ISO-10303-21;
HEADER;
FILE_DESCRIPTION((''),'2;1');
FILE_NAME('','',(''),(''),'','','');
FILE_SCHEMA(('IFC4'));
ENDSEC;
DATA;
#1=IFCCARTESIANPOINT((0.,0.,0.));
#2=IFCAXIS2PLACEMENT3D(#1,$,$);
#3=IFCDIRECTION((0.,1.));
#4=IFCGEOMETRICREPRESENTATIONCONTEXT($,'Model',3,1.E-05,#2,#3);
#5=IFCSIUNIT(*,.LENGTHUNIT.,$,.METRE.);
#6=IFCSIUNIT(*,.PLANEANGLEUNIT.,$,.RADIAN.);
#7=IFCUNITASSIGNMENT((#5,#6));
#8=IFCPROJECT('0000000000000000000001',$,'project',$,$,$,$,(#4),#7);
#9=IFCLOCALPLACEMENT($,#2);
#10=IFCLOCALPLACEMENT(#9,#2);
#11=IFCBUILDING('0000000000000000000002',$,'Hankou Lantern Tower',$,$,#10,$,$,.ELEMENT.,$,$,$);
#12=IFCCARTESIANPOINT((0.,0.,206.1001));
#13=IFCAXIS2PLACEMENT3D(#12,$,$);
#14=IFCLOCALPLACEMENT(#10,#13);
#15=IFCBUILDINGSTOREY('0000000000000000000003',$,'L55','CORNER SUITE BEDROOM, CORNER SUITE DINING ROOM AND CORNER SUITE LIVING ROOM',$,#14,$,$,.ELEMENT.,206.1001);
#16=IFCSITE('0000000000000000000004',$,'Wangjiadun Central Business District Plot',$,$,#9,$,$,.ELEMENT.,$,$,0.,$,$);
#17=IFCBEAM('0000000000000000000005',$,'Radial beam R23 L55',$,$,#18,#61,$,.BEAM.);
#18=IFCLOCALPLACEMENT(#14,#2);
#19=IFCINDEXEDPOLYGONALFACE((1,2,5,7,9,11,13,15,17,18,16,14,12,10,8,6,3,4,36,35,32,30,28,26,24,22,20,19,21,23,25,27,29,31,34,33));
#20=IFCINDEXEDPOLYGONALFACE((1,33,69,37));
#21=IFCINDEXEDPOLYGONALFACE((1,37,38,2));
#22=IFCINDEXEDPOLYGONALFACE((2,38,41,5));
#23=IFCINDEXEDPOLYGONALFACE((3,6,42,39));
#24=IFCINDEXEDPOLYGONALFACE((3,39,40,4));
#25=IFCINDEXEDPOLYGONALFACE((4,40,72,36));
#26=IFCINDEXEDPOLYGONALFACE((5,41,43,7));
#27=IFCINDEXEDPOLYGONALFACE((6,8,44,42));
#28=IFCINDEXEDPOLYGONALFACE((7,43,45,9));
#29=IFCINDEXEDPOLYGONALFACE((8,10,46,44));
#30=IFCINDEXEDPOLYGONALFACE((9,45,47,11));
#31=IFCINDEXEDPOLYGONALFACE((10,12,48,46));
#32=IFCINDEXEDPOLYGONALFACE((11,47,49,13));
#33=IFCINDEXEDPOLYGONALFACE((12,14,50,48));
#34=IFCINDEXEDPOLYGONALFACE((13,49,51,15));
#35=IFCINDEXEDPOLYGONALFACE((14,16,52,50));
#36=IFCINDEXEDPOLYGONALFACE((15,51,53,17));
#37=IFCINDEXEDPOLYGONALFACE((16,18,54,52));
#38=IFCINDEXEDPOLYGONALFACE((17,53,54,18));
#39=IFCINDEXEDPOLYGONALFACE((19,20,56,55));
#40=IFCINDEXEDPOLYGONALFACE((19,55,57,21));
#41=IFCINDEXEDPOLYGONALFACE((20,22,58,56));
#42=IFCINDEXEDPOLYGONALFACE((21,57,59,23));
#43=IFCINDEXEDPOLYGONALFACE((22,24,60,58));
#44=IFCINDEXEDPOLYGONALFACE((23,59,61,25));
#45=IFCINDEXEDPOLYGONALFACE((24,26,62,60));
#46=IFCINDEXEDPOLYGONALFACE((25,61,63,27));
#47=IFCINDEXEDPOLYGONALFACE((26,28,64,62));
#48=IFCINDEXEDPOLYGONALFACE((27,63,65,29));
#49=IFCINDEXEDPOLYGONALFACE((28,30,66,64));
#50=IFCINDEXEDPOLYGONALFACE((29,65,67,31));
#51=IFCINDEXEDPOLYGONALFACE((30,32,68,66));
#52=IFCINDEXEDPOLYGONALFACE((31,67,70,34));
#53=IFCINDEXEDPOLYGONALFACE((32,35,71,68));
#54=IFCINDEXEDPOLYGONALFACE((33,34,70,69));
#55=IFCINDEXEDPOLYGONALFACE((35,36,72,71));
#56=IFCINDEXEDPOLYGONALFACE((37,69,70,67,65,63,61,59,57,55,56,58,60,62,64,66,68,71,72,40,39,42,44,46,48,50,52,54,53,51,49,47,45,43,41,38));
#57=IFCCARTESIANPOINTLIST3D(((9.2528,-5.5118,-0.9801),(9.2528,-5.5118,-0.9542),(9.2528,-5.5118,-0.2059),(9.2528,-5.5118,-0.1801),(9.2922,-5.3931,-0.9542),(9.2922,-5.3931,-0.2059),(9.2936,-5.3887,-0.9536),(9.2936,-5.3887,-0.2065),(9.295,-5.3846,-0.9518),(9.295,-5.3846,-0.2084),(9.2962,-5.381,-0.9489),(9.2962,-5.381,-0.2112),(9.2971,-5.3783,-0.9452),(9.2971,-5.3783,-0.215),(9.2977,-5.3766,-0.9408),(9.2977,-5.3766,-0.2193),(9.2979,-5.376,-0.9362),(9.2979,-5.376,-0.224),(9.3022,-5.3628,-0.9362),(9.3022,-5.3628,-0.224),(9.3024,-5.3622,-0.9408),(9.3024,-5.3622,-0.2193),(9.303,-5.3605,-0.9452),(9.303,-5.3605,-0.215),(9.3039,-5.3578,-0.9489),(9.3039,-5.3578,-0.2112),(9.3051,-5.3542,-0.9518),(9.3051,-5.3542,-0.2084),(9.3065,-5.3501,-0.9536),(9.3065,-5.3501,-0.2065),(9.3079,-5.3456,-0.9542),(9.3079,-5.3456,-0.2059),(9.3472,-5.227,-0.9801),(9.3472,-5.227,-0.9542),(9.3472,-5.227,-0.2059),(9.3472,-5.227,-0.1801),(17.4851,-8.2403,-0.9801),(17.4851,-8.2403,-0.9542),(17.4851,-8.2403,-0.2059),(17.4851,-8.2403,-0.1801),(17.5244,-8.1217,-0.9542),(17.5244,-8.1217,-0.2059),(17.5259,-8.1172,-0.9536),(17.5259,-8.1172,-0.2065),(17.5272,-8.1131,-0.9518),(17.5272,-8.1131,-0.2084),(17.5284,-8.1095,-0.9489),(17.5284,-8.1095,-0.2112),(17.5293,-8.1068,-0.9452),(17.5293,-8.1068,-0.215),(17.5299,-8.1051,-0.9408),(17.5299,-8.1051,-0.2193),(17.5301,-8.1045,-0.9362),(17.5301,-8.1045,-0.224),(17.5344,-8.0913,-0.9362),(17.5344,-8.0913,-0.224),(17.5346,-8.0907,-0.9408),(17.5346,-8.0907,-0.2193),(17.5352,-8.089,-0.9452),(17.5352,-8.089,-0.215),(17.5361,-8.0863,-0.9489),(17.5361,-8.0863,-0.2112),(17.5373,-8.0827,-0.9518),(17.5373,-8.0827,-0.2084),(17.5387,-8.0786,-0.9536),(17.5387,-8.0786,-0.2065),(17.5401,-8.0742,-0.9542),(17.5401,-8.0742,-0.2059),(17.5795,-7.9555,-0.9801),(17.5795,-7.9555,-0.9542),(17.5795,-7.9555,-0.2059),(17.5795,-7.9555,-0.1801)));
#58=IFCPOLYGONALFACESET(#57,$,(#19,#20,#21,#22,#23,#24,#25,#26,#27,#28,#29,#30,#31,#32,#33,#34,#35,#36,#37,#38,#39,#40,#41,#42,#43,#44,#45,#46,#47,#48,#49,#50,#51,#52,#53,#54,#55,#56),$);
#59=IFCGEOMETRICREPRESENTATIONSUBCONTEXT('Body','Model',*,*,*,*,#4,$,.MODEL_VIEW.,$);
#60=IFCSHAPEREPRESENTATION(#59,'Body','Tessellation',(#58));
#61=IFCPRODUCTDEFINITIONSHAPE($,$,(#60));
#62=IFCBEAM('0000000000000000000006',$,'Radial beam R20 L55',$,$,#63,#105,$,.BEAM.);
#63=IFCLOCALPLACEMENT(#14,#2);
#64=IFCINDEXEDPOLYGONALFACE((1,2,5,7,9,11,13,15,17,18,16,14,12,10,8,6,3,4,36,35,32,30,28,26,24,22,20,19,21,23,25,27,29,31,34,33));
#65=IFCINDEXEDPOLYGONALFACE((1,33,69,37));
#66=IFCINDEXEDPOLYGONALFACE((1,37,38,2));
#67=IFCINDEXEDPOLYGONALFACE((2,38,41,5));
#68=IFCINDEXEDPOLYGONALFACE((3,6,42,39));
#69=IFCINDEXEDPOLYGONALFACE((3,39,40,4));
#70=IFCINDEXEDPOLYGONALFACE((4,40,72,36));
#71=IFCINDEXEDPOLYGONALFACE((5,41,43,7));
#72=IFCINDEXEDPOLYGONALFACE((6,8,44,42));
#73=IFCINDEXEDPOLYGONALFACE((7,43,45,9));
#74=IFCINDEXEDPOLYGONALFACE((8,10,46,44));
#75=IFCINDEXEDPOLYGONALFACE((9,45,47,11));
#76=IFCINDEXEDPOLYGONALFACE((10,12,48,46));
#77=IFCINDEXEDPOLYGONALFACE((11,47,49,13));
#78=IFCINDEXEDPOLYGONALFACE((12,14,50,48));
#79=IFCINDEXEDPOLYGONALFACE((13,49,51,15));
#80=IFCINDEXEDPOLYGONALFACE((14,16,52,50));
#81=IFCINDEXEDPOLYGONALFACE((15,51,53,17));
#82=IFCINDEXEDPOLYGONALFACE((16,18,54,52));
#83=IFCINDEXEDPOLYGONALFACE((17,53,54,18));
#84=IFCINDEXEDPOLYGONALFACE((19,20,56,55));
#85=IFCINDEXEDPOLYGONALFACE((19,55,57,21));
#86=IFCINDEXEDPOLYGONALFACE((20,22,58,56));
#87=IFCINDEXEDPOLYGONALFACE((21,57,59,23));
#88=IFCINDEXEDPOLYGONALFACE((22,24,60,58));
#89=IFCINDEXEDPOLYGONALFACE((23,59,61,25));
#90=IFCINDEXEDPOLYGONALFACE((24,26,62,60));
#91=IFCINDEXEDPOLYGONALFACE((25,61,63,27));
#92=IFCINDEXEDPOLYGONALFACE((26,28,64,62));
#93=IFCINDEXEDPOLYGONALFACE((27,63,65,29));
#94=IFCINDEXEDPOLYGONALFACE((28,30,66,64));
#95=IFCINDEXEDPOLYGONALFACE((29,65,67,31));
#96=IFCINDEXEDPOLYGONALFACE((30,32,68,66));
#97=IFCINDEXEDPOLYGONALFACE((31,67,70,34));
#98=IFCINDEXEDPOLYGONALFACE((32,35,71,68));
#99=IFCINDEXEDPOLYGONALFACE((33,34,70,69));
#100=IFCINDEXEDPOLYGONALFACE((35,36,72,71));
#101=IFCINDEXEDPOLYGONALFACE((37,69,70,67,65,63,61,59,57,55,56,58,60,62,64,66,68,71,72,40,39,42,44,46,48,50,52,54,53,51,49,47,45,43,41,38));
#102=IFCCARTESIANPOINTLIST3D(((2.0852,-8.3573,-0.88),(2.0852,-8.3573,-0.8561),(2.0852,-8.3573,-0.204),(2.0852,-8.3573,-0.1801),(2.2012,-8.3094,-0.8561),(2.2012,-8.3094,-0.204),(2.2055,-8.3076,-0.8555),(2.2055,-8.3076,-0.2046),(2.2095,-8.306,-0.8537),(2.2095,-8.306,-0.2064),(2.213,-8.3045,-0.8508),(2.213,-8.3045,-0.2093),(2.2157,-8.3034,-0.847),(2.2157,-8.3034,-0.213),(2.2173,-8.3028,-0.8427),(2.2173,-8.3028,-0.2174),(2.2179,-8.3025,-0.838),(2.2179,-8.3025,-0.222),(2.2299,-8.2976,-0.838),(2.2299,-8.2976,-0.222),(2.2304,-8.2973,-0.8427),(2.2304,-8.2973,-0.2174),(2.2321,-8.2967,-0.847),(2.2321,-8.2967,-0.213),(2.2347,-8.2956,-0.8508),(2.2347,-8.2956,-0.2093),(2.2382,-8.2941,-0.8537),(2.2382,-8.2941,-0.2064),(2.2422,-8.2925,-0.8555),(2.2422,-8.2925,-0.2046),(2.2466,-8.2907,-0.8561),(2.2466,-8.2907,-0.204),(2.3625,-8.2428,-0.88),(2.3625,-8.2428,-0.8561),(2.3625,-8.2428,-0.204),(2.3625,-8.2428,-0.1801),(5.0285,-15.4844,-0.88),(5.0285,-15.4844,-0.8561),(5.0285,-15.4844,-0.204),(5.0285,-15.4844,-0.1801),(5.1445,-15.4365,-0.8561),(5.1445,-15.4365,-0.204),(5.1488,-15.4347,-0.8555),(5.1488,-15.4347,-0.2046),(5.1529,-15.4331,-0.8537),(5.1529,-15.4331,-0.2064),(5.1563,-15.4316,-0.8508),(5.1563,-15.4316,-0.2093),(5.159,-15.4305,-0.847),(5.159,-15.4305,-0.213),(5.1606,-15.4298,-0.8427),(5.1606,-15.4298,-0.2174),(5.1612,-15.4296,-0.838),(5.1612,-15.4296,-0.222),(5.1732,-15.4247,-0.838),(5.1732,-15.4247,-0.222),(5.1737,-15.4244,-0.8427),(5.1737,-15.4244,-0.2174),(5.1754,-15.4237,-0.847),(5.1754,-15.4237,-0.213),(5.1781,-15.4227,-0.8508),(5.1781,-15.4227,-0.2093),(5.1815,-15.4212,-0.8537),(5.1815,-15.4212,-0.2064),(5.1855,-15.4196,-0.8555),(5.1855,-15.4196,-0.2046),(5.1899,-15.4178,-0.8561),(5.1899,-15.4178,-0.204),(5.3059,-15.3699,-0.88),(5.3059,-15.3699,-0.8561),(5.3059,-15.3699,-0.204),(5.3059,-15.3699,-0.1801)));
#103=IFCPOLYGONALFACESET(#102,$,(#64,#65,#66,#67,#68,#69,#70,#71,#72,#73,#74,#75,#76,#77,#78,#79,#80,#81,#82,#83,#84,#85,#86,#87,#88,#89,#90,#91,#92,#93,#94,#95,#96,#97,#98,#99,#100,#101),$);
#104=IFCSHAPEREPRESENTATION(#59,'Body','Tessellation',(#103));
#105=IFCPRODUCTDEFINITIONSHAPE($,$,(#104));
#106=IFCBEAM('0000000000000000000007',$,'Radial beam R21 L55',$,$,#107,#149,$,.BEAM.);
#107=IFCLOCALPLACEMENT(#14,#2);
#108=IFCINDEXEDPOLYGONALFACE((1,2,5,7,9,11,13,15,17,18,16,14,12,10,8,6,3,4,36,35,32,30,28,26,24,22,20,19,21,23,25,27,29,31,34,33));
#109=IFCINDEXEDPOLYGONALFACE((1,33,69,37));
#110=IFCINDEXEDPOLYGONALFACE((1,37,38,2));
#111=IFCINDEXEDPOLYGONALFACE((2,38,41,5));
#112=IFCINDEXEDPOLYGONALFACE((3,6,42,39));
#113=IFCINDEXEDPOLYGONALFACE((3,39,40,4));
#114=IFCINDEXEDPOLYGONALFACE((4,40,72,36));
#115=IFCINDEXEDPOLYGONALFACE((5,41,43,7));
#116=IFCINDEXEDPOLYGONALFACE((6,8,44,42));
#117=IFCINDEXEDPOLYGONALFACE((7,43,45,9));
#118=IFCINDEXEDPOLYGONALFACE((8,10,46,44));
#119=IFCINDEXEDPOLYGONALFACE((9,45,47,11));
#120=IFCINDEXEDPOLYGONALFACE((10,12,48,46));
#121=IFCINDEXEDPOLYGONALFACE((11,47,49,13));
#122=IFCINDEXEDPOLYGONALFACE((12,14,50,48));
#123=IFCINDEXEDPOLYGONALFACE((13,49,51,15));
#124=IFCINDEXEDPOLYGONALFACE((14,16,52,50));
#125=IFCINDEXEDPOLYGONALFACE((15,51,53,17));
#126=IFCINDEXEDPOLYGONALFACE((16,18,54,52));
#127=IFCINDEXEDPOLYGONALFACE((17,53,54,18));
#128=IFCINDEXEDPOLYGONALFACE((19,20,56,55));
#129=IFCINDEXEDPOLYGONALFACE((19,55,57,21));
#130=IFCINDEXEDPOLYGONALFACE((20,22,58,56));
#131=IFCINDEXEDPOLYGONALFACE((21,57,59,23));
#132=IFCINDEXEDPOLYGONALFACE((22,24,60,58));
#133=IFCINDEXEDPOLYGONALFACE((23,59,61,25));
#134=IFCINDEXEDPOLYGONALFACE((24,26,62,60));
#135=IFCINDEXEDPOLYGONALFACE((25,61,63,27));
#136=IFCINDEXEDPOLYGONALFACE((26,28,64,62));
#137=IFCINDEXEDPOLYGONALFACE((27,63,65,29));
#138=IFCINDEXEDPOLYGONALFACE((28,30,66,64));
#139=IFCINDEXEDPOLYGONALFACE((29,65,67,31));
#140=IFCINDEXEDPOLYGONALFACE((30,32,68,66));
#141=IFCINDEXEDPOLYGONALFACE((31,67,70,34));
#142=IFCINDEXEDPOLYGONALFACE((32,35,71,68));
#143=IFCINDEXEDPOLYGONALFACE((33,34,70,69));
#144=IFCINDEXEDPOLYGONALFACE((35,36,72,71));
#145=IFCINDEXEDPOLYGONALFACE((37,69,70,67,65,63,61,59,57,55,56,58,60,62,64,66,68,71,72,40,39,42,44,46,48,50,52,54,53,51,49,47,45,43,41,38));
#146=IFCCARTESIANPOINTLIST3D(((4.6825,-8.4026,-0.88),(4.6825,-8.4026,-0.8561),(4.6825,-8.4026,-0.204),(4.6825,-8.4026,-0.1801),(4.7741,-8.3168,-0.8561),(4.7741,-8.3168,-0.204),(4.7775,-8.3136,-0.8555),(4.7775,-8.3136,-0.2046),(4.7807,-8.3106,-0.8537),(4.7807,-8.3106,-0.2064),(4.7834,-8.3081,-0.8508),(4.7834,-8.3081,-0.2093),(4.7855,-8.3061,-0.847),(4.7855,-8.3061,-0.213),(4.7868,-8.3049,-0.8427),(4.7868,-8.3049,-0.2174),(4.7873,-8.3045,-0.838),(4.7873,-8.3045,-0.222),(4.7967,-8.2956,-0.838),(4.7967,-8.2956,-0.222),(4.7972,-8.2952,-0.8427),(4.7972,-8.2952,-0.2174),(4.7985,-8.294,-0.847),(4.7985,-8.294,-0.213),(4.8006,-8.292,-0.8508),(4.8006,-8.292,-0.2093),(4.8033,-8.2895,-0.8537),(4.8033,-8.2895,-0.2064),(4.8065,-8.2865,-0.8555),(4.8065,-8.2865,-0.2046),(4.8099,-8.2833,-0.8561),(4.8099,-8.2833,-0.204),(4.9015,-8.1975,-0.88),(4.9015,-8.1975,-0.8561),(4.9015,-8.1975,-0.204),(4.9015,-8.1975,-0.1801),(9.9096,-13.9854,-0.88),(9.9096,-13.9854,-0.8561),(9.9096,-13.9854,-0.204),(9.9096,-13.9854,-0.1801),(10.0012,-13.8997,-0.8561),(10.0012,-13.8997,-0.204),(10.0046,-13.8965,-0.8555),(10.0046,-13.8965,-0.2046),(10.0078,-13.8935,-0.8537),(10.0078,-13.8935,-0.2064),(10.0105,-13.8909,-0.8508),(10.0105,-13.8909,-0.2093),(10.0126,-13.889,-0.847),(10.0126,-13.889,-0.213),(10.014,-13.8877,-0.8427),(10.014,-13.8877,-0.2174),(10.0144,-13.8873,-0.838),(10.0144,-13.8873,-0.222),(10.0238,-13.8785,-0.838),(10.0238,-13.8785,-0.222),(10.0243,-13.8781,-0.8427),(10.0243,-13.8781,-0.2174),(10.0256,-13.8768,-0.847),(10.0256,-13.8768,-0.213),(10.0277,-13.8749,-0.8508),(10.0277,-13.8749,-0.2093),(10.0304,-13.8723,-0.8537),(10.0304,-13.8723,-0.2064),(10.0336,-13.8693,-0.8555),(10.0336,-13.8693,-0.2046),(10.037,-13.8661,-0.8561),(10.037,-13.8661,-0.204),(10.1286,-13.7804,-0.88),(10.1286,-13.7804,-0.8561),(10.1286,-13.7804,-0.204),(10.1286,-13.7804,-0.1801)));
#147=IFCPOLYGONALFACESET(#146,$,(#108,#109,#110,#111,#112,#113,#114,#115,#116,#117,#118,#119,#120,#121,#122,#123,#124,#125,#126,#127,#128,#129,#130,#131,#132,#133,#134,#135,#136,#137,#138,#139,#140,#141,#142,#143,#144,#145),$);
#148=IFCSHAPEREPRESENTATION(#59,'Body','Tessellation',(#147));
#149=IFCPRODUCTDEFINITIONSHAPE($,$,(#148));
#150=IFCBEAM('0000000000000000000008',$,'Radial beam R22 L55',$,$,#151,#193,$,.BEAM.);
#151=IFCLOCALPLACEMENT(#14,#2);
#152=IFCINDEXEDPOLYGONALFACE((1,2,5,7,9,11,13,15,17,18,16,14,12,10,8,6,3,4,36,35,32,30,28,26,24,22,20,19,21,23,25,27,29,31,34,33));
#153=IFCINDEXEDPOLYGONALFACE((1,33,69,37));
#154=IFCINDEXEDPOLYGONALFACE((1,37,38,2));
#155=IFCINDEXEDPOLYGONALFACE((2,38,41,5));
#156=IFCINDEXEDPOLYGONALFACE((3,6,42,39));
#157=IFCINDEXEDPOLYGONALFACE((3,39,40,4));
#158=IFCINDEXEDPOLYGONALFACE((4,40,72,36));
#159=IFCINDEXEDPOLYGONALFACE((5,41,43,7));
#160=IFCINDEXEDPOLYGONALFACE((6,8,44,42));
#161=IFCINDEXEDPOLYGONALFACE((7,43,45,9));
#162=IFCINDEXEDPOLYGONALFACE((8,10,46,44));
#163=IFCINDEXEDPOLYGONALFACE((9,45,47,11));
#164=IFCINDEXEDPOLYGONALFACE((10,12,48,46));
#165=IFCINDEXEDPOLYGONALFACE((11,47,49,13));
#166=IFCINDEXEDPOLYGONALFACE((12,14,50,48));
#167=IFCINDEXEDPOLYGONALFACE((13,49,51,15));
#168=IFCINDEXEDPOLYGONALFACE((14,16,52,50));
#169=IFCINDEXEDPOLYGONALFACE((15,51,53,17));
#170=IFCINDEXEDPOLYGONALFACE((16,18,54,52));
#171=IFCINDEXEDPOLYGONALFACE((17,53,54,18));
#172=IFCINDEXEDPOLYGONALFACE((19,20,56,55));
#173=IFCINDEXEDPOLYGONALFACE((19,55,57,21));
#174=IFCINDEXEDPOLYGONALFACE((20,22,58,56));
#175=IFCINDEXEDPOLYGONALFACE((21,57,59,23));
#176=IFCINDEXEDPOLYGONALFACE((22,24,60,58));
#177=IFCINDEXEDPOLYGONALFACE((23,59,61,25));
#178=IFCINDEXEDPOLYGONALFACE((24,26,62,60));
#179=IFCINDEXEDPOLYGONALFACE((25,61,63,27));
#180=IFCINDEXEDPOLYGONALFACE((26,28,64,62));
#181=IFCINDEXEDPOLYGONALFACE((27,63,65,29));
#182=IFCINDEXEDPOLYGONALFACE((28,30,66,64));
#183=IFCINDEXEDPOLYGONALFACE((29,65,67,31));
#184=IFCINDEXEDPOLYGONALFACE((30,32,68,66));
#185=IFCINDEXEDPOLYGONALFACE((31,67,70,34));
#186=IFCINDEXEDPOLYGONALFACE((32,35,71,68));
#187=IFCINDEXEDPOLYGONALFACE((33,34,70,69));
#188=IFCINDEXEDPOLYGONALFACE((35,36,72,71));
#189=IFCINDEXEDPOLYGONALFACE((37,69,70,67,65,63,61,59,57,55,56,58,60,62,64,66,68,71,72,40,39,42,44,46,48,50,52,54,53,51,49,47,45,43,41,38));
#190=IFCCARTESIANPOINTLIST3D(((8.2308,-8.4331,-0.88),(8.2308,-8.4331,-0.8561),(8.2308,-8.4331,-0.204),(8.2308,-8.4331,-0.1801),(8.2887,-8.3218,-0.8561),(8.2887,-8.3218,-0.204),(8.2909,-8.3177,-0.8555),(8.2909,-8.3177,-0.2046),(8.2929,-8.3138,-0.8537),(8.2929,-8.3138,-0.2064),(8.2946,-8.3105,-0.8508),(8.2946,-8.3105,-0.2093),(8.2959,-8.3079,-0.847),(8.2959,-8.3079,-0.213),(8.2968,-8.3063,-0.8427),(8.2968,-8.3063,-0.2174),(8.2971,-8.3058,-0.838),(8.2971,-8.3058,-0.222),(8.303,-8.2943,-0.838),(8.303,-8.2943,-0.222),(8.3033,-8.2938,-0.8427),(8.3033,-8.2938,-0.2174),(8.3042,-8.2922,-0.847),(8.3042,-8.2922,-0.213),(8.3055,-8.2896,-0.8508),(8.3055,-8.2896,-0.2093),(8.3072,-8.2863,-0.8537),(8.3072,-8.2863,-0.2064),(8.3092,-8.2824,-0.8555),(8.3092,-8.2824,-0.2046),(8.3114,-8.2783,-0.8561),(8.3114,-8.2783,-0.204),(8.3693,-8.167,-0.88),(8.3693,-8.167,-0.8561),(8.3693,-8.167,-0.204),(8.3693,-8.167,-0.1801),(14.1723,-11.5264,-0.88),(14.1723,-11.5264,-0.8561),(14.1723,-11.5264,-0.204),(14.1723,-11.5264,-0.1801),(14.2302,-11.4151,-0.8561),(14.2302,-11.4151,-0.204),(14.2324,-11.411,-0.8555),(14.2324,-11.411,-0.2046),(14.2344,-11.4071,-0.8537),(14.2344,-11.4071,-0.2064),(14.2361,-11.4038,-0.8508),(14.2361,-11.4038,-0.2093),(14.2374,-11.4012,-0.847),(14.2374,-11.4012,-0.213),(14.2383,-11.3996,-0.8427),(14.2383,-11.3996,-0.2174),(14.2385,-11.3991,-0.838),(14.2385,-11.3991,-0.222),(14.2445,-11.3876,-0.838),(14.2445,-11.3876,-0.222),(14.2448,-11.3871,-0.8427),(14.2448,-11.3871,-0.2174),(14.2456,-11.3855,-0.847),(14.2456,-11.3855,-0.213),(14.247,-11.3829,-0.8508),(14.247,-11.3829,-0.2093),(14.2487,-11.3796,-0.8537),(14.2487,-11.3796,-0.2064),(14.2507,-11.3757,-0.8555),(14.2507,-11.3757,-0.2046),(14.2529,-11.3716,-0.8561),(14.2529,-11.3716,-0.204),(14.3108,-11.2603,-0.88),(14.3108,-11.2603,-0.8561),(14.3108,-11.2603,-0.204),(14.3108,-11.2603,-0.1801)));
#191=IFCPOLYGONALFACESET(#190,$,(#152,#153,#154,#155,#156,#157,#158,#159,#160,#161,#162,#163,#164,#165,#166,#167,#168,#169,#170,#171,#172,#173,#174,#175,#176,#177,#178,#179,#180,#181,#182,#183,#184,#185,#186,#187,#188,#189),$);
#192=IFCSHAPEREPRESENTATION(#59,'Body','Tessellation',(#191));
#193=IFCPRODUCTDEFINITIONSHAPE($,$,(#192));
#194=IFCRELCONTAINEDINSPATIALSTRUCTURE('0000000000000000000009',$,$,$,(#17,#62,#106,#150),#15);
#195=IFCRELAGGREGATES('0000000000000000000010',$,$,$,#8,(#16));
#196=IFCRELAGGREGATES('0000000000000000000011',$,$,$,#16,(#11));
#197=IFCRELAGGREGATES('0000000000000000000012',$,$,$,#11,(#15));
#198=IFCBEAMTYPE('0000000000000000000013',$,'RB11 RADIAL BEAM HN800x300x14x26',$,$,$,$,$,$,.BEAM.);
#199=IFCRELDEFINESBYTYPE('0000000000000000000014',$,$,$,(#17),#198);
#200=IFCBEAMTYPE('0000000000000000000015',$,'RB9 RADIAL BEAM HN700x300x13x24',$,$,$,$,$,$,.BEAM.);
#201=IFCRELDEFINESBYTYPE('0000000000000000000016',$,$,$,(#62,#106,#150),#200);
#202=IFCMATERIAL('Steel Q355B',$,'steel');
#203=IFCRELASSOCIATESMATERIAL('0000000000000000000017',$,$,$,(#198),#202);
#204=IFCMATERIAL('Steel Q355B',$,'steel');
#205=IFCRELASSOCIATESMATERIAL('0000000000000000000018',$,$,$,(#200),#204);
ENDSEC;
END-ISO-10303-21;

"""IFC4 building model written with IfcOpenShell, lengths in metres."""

from ifc_helpers import new_model, si_unit, direction, frame, origin, origin_2d, place, context, subcontext, project, spatial, i_section, extrude, material, material_profile, profile_set, type_object, element, save


model = new_model("IFC4")

# Units and contexts
model_context = context("Model", 3, precision=1e-05, world=origin(), true_north=direction((0.0, 1.0)))
body_context = subcontext(model_context, "Body", "Model", "MODEL_VIEW")
ifc_project = project(units=[si_unit("LENGTHUNIT", "METRE"), si_unit("PLANEANGLEUNIT", "RADIAN")], contexts=[model_context])

# Site, building, storey
site_placement = place(None, origin())
site = spatial("IfcSite", under=ifc_project, at=site_placement, Name="Wangjiadun Central Business District Plot", CompositionType="ELEMENT", RefElevation=0.0)
building_placement = place(site_placement, origin())
building = spatial("IfcBuilding", under=site, at=building_placement, Name="Hankou Lantern Tower", CompositionType="ELEMENT")
storey_placement = place(building_placement, frame((0.0, 0.0, 206.1001)))
storey = spatial("IfcBuildingStorey", under=building, at=storey_placement, Name="L55", Description="CORNER SUITE BEDROOM, CORNER SUITE DINING ROOM AND CORNER SUITE LIVING ROOM", CompositionType="ELEMENT", Elevation=206.1001)

# Beams
ifc_material_1 = material(Name="Steel Q355B", Category="steel")
ifc_material_profile_1 = material_profile(ifc_material_1, i_section(OverallWidth=0.3, OverallDepth=0.8, WebThickness=0.0139, FlangeThickness=0.0259, FilletRadius=0.0181, at=origin_2d()), Name="HN800x300x14x26")
ifc_profile_set_1 = profile_set([ifc_material_profile_1], Name="Steel Q355B")
beam_type_1 = type_object("IfcBeamType", Name="RB11 RADIAL BEAM HN800x300x14x26", PredefinedType="BEAM", material=ifc_profile_set_1)
beam_1_placement = place(storey_placement, frame((9.3, -5.3694, -0.5801), z_axis=(0.94922, -0.314614, 0.0), x_axis=(0.314614, 0.94922, 0.0)))
element("IfcBeam", 1, at=beam_1_placement, inside=storey, type_object=beam_type_1, Name="Radial beam R23 L55", PredefinedType="BEAM", context=body_context, shape_type="SweptSolid", body=[
    extrude(i_section(OverallWidth=0.3, OverallDepth=0.8, WebThickness=0.0139, FlangeThickness=0.0259, FilletRadius=0.0181, at=origin_2d()), origin(), (0.0, 0.0, 1.0), 8.6726),
])
ifc_material_2 = material(Name="Steel Q355B", Category="steel")
ifc_material_profile_2 = material_profile(ifc_material_2, i_section(OverallWidth=0.3, OverallDepth=0.7, WebThickness=0.0129, FlangeThickness=0.0239, FilletRadius=0.0181, at=origin_2d()), Name="HN700x300x13x24")
ifc_profile_set_2 = profile_set([ifc_material_profile_2], Name="Steel Q355B")
beam_type_2 = type_object("IfcBeamType", Name="RB9 RADIAL BEAM HN700x300x13x24", PredefinedType="BEAM", material=ifc_profile_set_2)
beam_2_placement = place(storey_placement, frame((2.2239, -8.3, -0.53), z_axis=(0.381707, -0.924284, 0.0), x_axis=(0.924284, 0.381707, 0.0)))
element("IfcBeam", 2, at=beam_2_placement, inside=storey, type_object=beam_type_2, Name="Radial beam R20 L55", PredefinedType="BEAM", context=body_context, shape_type="SweptSolid", body=[
    extrude(i_section(OverallWidth=0.3, OverallDepth=0.7, WebThickness=0.0129, FlangeThickness=0.0239, FilletRadius=0.0181, at=origin_2d()), origin(), (0.0, 0.0, 1.0), 7.7109),
])
beam_3_placement = place(storey_placement, frame((4.792, -8.3, -0.53), z_axis=(0.683468, -0.72998, 0.0), x_axis=(0.72998, 0.683468, 0.0)))
element("IfcBeam", 3, at=beam_3_placement, inside=storey, type_object=beam_type_2, Name="Radial beam R21 L55", PredefinedType="BEAM", context=body_context, shape_type="SweptSolid", body=[
    extrude(i_section(OverallWidth=0.3, OverallDepth=0.7, WebThickness=0.0129, FlangeThickness=0.0239, FilletRadius=0.0181, at=origin_2d()), origin(), (0.0, 0.0, 1.0), 7.6479),
])
beam_4_placement = place(storey_placement, frame((8.3, -8.3, -0.53), z_axis=(0.886989, -0.461791, 0.0), x_axis=(0.461791, 0.886989, 0.0)))
element("IfcBeam", 4, at=beam_4_placement, inside=storey, type_object=beam_type_2, Name="Radial beam R22 L55", PredefinedType="BEAM", context=body_context, shape_type="SweptSolid", body=[
    extrude(i_section(OverallWidth=0.3, OverallDepth=0.7, WebThickness=0.0129, FlangeThickness=0.0239, FilletRadius=0.0181, at=origin_2d()), origin(), (0.0, 0.0, 1.0), 6.6985),
])

save(model, "model.ifc")
